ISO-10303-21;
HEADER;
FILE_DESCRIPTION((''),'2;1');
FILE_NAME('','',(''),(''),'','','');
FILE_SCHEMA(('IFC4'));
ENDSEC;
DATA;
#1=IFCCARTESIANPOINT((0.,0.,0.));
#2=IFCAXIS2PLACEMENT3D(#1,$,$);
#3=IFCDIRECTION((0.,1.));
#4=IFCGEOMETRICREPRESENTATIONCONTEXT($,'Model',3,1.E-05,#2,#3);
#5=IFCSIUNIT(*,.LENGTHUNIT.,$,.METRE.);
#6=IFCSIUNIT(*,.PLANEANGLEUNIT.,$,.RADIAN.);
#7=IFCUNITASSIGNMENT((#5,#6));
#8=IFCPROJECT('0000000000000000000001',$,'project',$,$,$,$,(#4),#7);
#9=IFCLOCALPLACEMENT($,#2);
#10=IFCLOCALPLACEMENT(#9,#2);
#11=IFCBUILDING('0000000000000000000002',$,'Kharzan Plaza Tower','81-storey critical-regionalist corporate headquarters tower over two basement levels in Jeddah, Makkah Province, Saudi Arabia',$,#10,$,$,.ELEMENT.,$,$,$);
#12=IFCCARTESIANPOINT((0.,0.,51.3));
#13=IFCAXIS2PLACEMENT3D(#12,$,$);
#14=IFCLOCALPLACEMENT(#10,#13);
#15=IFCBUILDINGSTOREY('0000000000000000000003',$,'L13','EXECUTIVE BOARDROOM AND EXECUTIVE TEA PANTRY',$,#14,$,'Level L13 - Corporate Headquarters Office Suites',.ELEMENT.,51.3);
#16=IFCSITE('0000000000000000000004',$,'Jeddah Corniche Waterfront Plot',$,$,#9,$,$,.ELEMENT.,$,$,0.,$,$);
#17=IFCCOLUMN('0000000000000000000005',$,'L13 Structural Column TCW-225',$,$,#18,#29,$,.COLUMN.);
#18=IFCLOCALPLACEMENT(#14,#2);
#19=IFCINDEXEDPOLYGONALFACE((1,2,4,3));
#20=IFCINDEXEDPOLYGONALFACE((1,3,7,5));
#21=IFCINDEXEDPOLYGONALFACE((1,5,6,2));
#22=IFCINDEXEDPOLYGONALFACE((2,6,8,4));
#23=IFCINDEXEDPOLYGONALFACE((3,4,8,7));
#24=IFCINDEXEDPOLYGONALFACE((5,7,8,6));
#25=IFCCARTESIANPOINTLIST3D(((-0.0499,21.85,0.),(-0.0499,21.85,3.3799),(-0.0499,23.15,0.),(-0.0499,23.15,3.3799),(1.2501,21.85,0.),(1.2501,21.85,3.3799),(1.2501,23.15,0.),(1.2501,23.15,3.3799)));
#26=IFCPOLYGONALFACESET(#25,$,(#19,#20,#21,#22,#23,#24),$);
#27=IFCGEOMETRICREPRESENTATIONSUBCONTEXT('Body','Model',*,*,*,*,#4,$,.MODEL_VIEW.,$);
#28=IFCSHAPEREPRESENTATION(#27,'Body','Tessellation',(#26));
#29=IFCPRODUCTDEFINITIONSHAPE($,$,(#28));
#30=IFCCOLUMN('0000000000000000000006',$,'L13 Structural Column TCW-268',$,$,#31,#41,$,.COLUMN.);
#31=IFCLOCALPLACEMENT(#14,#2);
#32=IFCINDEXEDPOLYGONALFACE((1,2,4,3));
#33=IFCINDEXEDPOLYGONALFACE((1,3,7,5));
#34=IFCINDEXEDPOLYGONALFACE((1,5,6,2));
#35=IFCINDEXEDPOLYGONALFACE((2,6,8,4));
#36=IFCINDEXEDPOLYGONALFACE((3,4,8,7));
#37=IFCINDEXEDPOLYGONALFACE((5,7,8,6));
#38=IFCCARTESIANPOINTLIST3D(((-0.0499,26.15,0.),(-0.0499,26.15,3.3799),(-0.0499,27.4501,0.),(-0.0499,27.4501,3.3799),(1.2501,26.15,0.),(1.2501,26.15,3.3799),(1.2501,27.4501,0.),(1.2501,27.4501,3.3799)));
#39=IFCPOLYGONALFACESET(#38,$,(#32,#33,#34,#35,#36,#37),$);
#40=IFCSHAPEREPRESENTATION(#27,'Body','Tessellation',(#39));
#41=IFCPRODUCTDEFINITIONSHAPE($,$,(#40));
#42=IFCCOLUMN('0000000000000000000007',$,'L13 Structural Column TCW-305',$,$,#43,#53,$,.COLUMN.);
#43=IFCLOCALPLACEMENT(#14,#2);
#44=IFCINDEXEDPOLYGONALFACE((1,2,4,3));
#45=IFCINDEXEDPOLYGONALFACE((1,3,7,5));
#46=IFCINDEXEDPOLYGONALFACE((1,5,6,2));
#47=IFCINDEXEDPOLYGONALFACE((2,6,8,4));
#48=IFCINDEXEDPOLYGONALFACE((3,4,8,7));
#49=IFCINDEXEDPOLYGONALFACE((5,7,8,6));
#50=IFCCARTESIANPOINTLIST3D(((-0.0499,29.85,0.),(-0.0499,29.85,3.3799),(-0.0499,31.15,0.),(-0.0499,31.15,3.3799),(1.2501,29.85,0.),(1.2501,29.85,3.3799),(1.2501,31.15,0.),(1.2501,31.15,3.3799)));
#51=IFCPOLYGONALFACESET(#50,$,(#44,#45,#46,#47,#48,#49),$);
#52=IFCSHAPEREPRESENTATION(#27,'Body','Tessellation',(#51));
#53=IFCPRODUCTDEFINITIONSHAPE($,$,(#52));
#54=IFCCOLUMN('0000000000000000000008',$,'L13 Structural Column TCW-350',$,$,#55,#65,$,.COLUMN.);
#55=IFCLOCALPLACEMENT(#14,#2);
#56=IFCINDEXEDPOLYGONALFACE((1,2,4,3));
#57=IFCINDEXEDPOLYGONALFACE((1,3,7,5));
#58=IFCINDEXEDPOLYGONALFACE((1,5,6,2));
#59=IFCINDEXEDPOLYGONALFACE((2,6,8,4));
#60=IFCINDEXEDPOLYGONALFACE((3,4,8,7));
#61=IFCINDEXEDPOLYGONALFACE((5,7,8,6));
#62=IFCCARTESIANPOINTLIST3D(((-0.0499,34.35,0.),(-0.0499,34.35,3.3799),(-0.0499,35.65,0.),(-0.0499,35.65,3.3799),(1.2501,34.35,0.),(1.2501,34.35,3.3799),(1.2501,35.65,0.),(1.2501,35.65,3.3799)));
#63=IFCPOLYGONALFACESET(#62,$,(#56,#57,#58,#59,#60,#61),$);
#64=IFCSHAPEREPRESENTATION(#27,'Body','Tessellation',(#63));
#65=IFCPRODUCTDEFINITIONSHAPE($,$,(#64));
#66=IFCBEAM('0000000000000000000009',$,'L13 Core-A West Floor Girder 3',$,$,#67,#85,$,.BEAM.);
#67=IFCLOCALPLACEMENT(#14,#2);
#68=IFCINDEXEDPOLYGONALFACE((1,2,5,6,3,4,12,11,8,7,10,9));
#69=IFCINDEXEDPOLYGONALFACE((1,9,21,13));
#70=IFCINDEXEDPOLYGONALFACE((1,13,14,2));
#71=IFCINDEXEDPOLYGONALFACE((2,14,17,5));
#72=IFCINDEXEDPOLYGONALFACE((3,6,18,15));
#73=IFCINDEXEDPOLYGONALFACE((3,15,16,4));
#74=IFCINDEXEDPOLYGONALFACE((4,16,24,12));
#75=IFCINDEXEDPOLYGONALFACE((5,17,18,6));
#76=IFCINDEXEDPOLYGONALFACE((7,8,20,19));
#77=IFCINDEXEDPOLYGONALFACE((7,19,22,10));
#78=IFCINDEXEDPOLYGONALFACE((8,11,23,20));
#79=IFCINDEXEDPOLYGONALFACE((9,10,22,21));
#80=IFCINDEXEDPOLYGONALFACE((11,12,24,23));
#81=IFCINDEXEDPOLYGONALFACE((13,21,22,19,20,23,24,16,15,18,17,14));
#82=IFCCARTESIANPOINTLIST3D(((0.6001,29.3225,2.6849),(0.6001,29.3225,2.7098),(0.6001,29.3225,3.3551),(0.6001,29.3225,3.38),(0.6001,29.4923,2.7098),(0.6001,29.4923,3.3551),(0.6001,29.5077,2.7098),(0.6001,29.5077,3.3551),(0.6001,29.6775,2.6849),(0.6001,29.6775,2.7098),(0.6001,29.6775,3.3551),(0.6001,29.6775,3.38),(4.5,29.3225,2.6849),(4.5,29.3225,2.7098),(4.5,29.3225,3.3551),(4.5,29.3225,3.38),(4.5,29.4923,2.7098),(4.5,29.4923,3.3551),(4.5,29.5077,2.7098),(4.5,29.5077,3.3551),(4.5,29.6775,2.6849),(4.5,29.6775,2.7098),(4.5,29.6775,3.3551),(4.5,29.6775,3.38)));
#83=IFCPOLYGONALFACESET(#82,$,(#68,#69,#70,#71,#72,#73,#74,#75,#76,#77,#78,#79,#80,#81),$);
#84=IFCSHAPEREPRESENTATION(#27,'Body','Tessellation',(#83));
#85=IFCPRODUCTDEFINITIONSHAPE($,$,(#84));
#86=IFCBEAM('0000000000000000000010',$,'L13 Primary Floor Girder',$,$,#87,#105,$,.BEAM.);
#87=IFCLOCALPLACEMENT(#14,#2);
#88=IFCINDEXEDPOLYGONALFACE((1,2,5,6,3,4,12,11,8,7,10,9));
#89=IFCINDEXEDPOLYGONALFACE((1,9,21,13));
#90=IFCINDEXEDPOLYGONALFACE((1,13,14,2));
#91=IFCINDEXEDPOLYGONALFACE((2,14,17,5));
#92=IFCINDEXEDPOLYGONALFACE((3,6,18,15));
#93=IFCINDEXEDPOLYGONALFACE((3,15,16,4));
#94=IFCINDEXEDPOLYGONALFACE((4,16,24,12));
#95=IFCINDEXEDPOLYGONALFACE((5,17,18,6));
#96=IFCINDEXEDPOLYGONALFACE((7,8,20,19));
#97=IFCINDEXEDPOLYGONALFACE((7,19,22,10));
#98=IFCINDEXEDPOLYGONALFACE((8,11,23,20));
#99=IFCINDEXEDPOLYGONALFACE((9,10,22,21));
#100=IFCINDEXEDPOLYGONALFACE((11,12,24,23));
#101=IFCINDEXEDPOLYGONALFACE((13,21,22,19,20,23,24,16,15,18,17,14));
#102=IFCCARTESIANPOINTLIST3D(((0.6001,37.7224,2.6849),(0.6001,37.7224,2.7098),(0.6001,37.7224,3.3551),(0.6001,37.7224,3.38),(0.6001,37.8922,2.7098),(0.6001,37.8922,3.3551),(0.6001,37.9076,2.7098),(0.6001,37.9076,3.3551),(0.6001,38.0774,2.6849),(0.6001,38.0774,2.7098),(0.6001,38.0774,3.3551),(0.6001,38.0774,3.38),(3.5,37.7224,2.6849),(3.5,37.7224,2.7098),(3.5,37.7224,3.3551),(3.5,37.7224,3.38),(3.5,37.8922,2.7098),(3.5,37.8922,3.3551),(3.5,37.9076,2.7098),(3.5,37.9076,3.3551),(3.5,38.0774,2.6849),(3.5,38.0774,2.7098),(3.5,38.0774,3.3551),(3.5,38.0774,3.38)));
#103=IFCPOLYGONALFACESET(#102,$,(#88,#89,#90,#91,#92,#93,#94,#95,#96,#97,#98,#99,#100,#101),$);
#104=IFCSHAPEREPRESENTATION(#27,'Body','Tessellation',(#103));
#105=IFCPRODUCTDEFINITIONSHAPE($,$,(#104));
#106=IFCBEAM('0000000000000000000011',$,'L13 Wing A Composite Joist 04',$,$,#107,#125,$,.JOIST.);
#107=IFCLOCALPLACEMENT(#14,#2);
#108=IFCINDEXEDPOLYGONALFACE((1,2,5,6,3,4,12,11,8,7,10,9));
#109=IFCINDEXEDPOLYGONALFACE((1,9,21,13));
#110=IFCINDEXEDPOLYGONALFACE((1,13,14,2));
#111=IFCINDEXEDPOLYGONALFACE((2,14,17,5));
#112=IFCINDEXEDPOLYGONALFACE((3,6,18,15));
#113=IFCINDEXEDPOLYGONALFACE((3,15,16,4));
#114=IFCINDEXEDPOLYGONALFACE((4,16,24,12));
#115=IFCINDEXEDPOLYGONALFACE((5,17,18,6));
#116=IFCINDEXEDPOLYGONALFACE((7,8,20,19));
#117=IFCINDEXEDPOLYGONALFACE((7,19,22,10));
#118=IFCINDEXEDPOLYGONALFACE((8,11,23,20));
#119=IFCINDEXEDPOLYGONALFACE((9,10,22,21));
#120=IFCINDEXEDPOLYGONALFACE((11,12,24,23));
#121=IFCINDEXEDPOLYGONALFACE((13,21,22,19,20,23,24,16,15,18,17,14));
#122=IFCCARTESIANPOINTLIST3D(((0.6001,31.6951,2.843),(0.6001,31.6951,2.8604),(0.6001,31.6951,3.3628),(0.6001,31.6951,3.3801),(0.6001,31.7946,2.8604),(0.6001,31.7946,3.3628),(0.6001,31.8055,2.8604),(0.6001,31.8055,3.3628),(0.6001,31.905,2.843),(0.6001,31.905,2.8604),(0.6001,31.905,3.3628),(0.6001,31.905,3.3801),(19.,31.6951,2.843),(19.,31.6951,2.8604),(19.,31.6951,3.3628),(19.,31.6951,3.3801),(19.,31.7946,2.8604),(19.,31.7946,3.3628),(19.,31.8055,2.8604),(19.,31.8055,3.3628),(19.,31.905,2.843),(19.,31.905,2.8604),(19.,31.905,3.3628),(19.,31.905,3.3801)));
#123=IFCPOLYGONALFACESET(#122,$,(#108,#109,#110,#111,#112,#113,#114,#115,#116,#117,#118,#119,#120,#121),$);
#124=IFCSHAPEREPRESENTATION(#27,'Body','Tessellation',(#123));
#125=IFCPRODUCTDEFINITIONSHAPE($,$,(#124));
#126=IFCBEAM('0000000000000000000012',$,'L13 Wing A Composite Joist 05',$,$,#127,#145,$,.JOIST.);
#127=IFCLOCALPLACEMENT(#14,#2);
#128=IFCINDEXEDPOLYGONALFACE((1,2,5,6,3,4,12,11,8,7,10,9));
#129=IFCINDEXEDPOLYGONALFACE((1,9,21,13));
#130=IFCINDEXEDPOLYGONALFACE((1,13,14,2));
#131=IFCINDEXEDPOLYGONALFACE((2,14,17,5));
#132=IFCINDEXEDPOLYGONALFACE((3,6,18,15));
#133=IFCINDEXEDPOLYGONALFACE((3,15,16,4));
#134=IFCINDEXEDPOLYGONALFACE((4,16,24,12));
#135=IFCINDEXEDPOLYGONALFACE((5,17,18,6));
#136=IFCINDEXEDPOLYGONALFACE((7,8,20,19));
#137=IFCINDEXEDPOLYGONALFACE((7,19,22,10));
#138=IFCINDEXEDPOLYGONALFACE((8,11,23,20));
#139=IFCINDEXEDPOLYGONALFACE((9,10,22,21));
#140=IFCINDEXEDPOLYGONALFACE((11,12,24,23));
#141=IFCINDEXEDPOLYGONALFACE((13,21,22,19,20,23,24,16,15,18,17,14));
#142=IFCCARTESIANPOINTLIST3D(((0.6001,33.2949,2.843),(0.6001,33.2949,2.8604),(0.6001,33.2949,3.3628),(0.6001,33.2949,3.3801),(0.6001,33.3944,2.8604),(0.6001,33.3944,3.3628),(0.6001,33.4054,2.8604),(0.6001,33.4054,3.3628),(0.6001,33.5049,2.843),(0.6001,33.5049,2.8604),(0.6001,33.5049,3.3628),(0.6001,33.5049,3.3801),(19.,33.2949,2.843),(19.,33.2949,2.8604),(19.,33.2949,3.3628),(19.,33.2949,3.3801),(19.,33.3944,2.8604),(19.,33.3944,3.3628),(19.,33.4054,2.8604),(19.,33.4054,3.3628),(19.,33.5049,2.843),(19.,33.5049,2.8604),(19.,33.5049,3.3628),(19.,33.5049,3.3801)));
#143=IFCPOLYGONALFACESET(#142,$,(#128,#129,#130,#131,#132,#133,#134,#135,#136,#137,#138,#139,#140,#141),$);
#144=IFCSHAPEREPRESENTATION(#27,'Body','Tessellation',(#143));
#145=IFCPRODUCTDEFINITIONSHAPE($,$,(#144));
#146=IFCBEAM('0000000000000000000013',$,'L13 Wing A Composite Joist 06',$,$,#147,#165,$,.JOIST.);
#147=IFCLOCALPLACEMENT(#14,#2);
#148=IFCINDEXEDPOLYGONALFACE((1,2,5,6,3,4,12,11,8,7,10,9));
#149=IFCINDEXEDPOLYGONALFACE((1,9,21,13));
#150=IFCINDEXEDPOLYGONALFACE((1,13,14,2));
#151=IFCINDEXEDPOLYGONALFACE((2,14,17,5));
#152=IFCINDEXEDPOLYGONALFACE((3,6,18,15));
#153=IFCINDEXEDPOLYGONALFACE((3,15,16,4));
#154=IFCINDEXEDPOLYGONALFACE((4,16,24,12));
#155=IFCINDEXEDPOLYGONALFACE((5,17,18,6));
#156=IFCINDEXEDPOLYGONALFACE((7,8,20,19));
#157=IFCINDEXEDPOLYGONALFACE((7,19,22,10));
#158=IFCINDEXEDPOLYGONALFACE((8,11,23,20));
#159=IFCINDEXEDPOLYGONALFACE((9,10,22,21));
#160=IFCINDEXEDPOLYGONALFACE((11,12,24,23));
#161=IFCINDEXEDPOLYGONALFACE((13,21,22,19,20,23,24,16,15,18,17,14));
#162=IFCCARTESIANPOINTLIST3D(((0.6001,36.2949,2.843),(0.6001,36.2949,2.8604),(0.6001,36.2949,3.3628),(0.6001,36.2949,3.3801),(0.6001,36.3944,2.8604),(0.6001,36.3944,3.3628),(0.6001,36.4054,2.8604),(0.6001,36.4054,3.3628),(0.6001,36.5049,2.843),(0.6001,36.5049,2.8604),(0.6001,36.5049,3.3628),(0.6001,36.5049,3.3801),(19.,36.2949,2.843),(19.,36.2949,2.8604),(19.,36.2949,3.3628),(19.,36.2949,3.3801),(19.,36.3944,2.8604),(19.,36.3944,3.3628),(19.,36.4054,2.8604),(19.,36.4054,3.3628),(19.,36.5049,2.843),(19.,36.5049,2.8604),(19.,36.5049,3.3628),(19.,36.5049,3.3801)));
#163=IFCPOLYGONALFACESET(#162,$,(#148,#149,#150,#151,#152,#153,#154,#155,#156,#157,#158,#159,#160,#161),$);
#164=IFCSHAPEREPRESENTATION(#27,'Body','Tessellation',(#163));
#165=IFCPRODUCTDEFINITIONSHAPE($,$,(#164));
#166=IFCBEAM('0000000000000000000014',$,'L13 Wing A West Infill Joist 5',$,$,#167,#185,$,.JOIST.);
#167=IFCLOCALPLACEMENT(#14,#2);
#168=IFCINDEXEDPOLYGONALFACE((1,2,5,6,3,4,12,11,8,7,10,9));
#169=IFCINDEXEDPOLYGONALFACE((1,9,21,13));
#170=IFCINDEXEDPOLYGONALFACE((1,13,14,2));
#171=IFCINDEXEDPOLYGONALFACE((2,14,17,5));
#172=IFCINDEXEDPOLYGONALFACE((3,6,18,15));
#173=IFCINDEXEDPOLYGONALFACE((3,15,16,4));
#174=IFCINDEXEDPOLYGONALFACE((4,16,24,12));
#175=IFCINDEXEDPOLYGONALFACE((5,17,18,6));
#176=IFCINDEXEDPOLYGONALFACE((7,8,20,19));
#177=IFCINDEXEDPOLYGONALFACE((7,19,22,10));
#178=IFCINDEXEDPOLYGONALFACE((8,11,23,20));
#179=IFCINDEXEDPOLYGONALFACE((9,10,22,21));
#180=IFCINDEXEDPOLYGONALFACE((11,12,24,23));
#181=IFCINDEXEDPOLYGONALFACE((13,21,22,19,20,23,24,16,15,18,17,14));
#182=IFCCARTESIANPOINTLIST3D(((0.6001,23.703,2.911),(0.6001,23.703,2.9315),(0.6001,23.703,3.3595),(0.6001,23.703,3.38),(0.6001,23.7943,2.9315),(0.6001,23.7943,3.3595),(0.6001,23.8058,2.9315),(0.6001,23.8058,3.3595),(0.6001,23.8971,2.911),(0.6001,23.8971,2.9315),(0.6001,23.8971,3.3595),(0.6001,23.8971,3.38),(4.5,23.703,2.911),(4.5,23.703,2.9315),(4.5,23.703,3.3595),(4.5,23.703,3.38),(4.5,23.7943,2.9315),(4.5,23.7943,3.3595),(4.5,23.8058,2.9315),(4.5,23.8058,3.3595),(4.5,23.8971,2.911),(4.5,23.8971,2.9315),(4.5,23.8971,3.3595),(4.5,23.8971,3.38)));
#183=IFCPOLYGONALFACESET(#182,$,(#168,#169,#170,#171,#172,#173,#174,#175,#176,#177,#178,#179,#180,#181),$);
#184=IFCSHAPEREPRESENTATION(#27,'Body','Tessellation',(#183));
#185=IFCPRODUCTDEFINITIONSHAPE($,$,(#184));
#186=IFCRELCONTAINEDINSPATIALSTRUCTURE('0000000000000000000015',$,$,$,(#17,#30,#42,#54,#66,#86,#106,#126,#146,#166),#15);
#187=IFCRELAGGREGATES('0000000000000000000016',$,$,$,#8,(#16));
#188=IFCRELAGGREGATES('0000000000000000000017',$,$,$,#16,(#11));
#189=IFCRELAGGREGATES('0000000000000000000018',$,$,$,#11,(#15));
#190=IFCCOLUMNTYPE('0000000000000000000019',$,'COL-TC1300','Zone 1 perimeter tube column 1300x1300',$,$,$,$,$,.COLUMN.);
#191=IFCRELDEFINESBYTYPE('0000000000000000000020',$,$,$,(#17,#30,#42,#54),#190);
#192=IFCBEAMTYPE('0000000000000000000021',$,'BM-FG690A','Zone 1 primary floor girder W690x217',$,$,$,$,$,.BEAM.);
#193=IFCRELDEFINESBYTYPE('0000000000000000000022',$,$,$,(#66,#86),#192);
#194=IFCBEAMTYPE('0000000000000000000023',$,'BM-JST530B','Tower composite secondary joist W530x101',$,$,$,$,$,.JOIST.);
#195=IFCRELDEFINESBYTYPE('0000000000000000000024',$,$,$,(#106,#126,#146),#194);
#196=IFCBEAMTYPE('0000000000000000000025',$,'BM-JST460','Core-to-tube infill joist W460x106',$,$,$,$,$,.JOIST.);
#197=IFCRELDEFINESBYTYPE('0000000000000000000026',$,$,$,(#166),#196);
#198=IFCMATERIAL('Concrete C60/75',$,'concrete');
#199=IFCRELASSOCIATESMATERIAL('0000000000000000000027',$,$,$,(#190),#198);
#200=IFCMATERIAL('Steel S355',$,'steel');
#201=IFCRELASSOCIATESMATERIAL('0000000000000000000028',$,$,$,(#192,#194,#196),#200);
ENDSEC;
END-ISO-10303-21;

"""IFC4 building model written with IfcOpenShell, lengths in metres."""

from ifc_helpers import new_model, si_unit, direction, frame, origin, origin_2d, place, context, subcontext, project, spatial, rectangle, i_section, extrude, source, transform, mapped, material, material_profile, profile_set, type_object, element, save


model = new_model("IFC4")

# Units and contexts
model_context = context("Model", 3, precision=1e-05, world=origin(), true_north=direction((0.0, 1.0)))
body_context = subcontext(model_context, "Body", "Model", "MODEL_VIEW")
ifc_project = project(units=[si_unit("LENGTHUNIT", "METRE"), si_unit("PLANEANGLEUNIT", "RADIAN")], contexts=[model_context])

# Site, building, storey
site_placement = place(None, origin())
site = spatial("IfcSite", under=ifc_project, at=site_placement, Name="Jeddah Corniche Waterfront Plot", CompositionType="ELEMENT", RefElevation=0.0)
building_placement = place(site_placement, origin())
building = spatial("IfcBuilding", under=site, at=building_placement, Name="Kharzan Plaza Tower", Description="81-storey critical-regionalist corporate headquarters tower over two basement levels in Jeddah, Makkah Province, Saudi Arabia", CompositionType="ELEMENT")
storey_placement = place(building_placement, frame((0.0, 0.0, 51.3)))
storey = spatial("IfcBuildingStorey", under=building, at=storey_placement, Name="L13", Description="EXECUTIVE BOARDROOM AND EXECUTIVE TEA PANTRY", LongName="Level L13 - Corporate Headquarters Office Suites", CompositionType="ELEMENT", Elevation=51.3)

# Columns
ifc_material_1 = material(Name="Concrete C60/75", Category="concrete")
ifc_material_profile_1 = material_profile(ifc_material_1, rectangle(XDim=1.3, YDim=1.3, at=origin_2d()), Name="RC-TC1300x1300")
ifc_profile_set_1 = profile_set([ifc_material_profile_1], Name="Concrete C60/75")
column_type = type_object("IfcColumnType", Name="COL-TC1300", Description="Zone 1 perimeter tube column 1300x1300", PredefinedType="COLUMN", material=ifc_profile_set_1)
shared_shape_1 = source(origin(), body_context, "Body", "SweptSolid", [
    extrude(rectangle(XDim=1.3, YDim=1.3, at=origin_2d()), origin(), (0.0, 0.0, 1.0), 3.3799),
])
for number, where, z_axis, x_axis, name in (
    (1, (0.6001, 22.5, 0.0), (0.0, 0.0, 1.0), (1.0, 0.0, 0.0), "L13 Structural Column TCW-225"),
    (2, (0.6001, 26.8, 0.0), (0.0, 0.0, 1.0), (1.0, 0.0, 0.0), "L13 Structural Column TCW-268"),
    (3, (0.6001, 30.5, 0.0), (0.0, 0.0, 1.0), (1.0, 0.0, 0.0), "L13 Structural Column TCW-305"),
    (4, (0.6001, 35.0, 0.0), (0.0, 0.0, 1.0), (1.0, 0.0, 0.0), "L13 Structural Column TCW-350"),
):
    element("IfcColumn", number, at=place(storey_placement, frame(where, z_axis=z_axis, x_axis=x_axis)), inside=storey, type_object=column_type, Name=name, PredefinedType="COLUMN", context=body_context, shape_type="MappedRepresentation", body=[
        mapped(shared_shape_1, transform((0.0, 0.0, 0.0), x_axis=(1.0, 0.0, 0.0), y_axis=(0.0, 1.0, 0.0), z_axis=(0.0, 0.0, 1.0))),
    ])

# Beams
ifc_material_2 = material(Name="Steel S355", Category="steel")
ifc_material_profile_2 = material_profile(ifc_material_2, i_section(OverallWidth=0.355, OverallDepth=0.6951, WebThickness=0.0154, FlangeThickness=0.0249, at=origin_2d()), Name="W690x217")
ifc_profile_set_2 = profile_set([ifc_material_profile_2], Name="Steel S355")
beam_type_1 = type_object("IfcBeamType", Name="BM-FG690A", Description="Zone 1 primary floor girder W690x217", PredefinedType="BEAM", material=ifc_profile_set_2)
shared_shape_2 = source(origin(), body_context, "Body", "SweptSolid", [
    extrude(i_section(OverallWidth=0.355, OverallDepth=0.6951, WebThickness=0.0154, FlangeThickness=0.0249, at=origin_2d()), origin(), (0.0, 0.0, 1.0), 3.8999),
])
beam_1_placement = place(storey_placement, frame((0.6001, 29.5, 3.0325), z_axis=(1.0, 0.0, 0.0), x_axis=(0.0, 1.0, 0.0)))
element("IfcBeam", 5, at=beam_1_placement, inside=storey, type_object=beam_type_1, Name="L13 Core-A West Floor Girder 3", PredefinedType="BEAM", context=body_context, shape_type="MappedRepresentation", body=[
    mapped(shared_shape_2, transform((0.0, 0.0, 0.0), x_axis=(1.0, 0.0, 0.0), y_axis=(0.0, 1.0, 0.0), z_axis=(0.0, 0.0, 1.0))),
])
shared_shape_3 = source(origin(), body_context, "Body", "SweptSolid", [
    extrude(i_section(OverallWidth=0.355, OverallDepth=0.6951, WebThickness=0.0154, FlangeThickness=0.0249, at=origin_2d()), origin(), (0.0, 0.0, 1.0), 2.8999),
])
beam_2_placement = place(storey_placement, frame((0.6001, 37.8999, 3.0325), z_axis=(1.0, 0.0, 0.0), x_axis=(0.0, 1.0, 0.0)))
element("IfcBeam", 6, at=beam_2_placement, inside=storey, type_object=beam_type_1, Name="L13 Primary Floor Girder", PredefinedType="BEAM", context=body_context, shape_type="MappedRepresentation", body=[
    mapped(shared_shape_3, transform((0.0, 0.0, 0.0), x_axis=(1.0, 0.0, 0.0), y_axis=(0.0, 1.0, 0.0), z_axis=(0.0, 0.0, 1.0))),
])
ifc_material_profile_3 = material_profile(ifc_material_2, i_section(OverallWidth=0.21, OverallDepth=0.5371, WebThickness=0.011, FlangeThickness=0.0173, at=origin_2d()), Name="W530x101")
ifc_profile_set_3 = profile_set([ifc_material_profile_3], Name="Steel S355")
beam_type_2 = type_object("IfcBeamType", Name="BM-JST530B", Description="Tower composite secondary joist W530x101", PredefinedType="JOIST", material=ifc_profile_set_3)
shared_shape_4 = source(origin(), body_context, "Body", "SweptSolid", [
    extrude(i_section(OverallWidth=0.21, OverallDepth=0.5371, WebThickness=0.011, FlangeThickness=0.0173, at=origin_2d()), origin(), (0.0, 0.0, 1.0), 18.3999),
])
for number, where, z_axis, x_axis, name in (
    (7, (0.6001, 31.8, 3.1116), (1.0, 0.0, 0.0), (0.0, 1.0, 0.0), "L13 Wing A Composite Joist 04"),
    (8, (0.6001, 33.3999, 3.1116), (1.0, 0.0, 0.0), (0.0, 1.0, 0.0), "L13 Wing A Composite Joist 05"),
    (9, (0.6001, 36.3999, 3.1116), (1.0, 0.0, 0.0), (0.0, 1.0, 0.0), "L13 Wing A Composite Joist 06"),
):
    element("IfcBeam", number, at=place(storey_placement, frame(where, z_axis=z_axis, x_axis=x_axis)), inside=storey, type_object=beam_type_2, Name=name, PredefinedType="JOIST", context=body_context, shape_type="MappedRepresentation", body=[
        mapped(shared_shape_4, transform((0.0, 0.0, 0.0), x_axis=(1.0, 0.0, 0.0), y_axis=(0.0, 1.0, 0.0), z_axis=(0.0, 0.0, 1.0))),
    ])
ifc_material_profile_4 = material_profile(ifc_material_2, i_section(OverallWidth=0.1941, OverallDepth=0.469, WebThickness=0.0115, FlangeThickness=0.0205, at=origin_2d()), Name="W460x106")
ifc_profile_set_4 = profile_set([ifc_material_profile_4], Name="Steel S355")
beam_type_3 = type_object("IfcBeamType", Name="BM-JST460", Description="Core-to-tube infill joist W460x106", PredefinedType="JOIST", material=ifc_profile_set_4)
shared_shape_5 = source(origin(), body_context, "Body", "SweptSolid", [
    extrude(i_section(OverallWidth=0.1941, OverallDepth=0.469, WebThickness=0.0115, FlangeThickness=0.0205, at=origin_2d()), origin(), (0.0, 0.0, 1.0), 3.8999),
])
for number, where, z_axis, x_axis, name in (
    (10, (0.6001, 23.8, 3.1455), (1.0, 0.0, 0.0), (0.0, 1.0, 0.0), "L13 Wing A West Infill Joist 5"),
):
    element("IfcBeam", number, at=place(storey_placement, frame(where, z_axis=z_axis, x_axis=x_axis)), inside=storey, type_object=beam_type_3, Name=name, PredefinedType="JOIST", context=body_context, shape_type="MappedRepresentation", body=[
        mapped(shared_shape_5, transform((0.0, 0.0, 0.0), x_axis=(1.0, 0.0, 0.0), y_axis=(0.0, 1.0, 0.0), z_axis=(0.0, 0.0, 1.0))),
    ])

save(model, "model.ifc")
